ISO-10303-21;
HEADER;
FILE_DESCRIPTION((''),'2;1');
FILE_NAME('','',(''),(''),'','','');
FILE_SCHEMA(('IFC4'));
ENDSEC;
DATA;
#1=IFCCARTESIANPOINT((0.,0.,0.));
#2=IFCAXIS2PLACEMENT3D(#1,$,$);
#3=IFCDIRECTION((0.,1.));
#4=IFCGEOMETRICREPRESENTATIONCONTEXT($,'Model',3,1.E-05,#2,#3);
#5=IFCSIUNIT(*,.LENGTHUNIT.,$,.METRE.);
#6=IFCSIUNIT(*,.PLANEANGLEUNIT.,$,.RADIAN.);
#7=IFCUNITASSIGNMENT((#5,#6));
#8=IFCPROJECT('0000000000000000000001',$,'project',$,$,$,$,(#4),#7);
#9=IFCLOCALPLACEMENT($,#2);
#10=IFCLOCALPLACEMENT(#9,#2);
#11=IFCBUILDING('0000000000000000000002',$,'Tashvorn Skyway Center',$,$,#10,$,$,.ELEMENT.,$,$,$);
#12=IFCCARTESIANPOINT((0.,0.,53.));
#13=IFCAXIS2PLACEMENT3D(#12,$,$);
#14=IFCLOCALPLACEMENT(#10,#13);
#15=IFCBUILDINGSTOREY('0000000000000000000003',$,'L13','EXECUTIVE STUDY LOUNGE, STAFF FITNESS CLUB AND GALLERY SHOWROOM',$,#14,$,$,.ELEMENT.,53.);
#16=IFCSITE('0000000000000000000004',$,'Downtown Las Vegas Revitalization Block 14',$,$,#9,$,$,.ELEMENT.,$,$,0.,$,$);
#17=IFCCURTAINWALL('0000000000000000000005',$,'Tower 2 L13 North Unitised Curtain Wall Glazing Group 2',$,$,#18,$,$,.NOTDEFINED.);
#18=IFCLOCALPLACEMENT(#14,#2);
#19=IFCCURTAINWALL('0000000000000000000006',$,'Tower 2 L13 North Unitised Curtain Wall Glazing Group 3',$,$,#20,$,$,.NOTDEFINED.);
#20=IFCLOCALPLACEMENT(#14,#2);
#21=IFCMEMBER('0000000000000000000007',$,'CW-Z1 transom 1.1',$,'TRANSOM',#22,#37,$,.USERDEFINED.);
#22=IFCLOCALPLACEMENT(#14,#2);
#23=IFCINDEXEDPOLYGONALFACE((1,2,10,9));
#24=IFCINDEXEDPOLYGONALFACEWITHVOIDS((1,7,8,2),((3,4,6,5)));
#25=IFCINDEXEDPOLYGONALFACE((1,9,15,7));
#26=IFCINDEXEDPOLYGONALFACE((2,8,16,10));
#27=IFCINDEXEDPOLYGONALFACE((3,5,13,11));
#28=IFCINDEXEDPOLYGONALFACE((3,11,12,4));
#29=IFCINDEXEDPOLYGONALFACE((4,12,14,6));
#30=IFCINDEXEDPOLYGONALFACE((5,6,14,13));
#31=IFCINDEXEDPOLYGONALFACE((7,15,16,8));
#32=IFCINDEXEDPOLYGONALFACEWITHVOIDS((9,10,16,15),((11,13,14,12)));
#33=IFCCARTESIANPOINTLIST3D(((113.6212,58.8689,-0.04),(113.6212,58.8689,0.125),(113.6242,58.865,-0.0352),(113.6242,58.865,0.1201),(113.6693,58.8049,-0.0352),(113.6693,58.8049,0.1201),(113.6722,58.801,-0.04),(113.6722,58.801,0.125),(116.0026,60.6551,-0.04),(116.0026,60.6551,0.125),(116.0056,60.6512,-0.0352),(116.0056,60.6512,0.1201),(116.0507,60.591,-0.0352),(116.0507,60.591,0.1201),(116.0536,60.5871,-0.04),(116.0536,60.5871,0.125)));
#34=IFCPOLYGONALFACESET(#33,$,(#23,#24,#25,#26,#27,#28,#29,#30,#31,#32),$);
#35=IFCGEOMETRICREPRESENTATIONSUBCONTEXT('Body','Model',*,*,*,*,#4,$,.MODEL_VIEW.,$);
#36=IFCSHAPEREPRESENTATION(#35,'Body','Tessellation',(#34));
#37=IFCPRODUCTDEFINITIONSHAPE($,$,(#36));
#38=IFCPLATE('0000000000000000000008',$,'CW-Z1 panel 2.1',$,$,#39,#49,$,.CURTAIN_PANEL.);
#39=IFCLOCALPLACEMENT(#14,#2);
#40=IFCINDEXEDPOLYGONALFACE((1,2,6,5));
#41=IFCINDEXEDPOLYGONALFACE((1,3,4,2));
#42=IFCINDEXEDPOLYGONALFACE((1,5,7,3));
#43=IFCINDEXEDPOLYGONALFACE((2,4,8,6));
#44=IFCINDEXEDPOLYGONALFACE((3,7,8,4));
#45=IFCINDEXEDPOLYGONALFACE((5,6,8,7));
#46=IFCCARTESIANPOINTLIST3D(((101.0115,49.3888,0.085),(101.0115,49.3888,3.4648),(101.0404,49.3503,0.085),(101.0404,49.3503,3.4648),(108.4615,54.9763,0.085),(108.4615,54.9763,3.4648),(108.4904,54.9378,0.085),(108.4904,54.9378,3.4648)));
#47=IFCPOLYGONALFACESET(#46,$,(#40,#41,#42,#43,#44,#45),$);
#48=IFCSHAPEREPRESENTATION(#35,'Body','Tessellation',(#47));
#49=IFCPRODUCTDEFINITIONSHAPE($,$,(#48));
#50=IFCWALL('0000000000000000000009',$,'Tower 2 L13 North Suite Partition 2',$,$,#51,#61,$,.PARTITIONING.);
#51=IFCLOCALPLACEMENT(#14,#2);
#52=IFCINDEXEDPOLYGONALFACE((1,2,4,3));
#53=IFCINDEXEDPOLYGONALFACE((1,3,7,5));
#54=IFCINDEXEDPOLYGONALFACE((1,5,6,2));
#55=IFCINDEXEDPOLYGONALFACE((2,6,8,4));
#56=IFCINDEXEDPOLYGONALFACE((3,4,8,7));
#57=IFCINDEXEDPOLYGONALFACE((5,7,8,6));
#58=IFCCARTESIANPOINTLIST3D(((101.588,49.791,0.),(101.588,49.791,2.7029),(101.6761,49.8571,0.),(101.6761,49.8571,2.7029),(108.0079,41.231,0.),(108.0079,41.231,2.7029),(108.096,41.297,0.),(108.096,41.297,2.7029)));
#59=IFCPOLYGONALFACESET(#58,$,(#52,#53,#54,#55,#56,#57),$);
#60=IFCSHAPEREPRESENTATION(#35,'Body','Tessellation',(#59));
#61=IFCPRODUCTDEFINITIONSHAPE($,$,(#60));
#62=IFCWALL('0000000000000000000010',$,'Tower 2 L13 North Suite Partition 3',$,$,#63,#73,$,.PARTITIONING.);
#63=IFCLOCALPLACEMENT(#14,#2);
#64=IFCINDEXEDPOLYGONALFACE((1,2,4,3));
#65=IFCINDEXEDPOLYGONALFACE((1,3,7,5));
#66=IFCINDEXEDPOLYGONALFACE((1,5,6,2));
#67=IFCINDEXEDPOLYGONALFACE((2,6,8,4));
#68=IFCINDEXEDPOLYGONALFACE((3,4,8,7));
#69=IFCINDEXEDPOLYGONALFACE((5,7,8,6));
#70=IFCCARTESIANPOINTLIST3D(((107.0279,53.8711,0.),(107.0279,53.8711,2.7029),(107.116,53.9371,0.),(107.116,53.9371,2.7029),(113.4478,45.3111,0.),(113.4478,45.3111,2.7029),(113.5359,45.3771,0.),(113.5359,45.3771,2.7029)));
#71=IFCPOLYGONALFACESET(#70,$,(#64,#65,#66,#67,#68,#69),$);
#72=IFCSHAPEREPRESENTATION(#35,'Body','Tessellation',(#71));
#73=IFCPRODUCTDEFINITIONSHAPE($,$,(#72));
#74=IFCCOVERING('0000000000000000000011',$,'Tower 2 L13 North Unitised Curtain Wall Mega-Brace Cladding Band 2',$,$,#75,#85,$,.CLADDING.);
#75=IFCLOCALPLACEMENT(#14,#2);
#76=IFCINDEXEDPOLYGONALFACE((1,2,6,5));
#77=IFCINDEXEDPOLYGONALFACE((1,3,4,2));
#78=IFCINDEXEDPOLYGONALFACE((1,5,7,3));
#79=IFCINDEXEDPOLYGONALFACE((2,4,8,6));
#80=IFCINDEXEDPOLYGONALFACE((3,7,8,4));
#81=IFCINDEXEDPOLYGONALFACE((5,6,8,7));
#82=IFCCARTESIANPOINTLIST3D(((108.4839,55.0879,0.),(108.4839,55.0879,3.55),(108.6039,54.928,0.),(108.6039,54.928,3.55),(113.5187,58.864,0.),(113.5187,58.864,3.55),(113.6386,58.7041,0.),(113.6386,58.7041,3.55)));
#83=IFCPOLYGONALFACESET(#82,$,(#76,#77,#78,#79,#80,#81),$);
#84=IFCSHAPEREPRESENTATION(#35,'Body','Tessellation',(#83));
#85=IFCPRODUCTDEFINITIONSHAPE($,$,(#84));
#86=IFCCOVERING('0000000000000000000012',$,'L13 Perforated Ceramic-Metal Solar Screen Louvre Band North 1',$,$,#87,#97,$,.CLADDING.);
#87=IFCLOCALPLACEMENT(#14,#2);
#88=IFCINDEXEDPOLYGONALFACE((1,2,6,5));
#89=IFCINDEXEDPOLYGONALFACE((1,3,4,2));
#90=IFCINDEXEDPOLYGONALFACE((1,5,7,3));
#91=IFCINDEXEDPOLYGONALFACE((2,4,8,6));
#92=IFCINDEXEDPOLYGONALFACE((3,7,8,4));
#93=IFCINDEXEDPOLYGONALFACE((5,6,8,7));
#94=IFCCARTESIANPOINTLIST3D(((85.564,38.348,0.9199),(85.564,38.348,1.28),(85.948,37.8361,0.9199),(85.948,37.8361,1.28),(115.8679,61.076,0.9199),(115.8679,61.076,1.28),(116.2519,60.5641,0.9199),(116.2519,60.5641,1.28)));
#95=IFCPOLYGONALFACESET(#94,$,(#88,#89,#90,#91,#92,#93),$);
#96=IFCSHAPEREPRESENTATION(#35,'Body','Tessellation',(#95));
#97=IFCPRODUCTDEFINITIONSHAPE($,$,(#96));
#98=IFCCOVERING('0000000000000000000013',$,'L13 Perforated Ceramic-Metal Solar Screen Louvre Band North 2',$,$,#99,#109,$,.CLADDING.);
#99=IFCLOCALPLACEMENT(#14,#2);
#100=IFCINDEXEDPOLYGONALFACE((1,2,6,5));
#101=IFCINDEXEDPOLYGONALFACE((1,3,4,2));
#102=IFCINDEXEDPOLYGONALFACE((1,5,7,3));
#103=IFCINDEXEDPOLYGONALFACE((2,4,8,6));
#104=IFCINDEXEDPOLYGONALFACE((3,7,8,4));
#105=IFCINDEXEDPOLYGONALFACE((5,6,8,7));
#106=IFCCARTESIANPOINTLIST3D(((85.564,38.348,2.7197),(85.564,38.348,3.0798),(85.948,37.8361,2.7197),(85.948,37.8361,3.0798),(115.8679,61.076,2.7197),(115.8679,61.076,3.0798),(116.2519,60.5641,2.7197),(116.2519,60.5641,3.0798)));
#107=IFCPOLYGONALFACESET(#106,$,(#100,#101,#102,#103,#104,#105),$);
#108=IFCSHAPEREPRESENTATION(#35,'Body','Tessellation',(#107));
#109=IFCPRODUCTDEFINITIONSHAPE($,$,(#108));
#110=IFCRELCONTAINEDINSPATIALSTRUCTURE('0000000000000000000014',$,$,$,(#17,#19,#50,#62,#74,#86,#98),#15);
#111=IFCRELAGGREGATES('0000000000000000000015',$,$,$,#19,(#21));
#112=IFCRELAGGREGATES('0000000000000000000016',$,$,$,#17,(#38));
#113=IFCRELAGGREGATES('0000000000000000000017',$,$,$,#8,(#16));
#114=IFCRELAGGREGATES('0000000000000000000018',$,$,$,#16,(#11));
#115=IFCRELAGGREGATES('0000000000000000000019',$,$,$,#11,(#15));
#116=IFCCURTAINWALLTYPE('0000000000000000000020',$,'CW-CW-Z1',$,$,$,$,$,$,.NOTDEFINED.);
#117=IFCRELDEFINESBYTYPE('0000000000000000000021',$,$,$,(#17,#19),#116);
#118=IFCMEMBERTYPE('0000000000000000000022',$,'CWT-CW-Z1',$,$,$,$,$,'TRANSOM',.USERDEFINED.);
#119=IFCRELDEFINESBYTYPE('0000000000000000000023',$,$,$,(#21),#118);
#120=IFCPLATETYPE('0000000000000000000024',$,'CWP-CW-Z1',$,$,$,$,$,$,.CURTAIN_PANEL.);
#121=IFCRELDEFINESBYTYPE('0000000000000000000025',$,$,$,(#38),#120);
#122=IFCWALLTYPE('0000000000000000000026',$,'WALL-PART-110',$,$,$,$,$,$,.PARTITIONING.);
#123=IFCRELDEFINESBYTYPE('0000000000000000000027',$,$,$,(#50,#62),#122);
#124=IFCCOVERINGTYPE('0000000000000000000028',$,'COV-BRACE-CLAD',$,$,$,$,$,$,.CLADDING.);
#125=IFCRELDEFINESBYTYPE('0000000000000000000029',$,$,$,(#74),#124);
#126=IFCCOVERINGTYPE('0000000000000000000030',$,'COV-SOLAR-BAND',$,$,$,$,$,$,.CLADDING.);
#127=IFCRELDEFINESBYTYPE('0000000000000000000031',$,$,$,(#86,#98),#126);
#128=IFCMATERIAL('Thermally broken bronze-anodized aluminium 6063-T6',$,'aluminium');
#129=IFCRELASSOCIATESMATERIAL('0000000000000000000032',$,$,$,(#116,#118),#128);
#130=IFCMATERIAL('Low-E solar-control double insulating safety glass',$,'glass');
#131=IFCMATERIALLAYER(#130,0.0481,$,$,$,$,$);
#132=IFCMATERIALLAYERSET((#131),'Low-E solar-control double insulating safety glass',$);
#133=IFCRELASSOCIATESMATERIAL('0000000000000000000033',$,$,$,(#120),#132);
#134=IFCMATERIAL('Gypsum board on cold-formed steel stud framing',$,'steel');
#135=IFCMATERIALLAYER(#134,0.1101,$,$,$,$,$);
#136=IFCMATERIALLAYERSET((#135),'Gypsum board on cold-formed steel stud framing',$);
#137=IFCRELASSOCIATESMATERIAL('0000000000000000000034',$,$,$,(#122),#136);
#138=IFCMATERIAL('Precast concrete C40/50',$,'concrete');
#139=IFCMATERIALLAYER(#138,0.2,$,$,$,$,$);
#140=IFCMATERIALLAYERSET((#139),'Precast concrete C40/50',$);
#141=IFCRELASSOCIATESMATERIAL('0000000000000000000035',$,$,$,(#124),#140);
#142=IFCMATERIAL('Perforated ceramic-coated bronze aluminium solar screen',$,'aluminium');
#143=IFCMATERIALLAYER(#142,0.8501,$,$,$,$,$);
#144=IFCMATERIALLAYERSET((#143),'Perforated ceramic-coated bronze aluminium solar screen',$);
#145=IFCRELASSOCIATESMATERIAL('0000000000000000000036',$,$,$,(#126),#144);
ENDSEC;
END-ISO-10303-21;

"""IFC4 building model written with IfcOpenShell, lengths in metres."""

from ifc_helpers import new_model, si_unit, direction, frame, frame_2d, origin, origin_2d, place, context, subcontext, project, spatial, rectangle, hollow_rectangle, extrude, material, layer, layer_set, material_profile, profile_set, type_object, element, aggregate, save


model = new_model("IFC4")

# Units and contexts
model_context = context("Model", 3, precision=1e-05, world=origin(), true_north=direction((0.0, 1.0)))
body_context = subcontext(model_context, "Body", "Model", "MODEL_VIEW")
ifc_project = project(units=[si_unit("LENGTHUNIT", "METRE"), si_unit("PLANEANGLEUNIT", "RADIAN")], contexts=[model_context])

# Site, building, storey
site_placement = place(None, origin())
site = spatial("IfcSite", under=ifc_project, at=site_placement, Name="Downtown Las Vegas Revitalization Block 14", CompositionType="ELEMENT", RefElevation=0.0)
building_placement = place(site_placement, origin())
building = spatial("IfcBuilding", under=site, at=building_placement, Name="Tashvorn Skyway Center", CompositionType="ELEMENT")
storey_placement = place(building_placement, frame((0.0, 0.0, 53.0)))
storey = spatial("IfcBuildingStorey", under=building, at=storey_placement, Name="L13", Description="EXECUTIVE STUDY LOUNGE, STAFF FITNESS CLUB AND GALLERY SHOWROOM", CompositionType="ELEMENT", Elevation=53.0)

# Curtain wall
ifc_material_1 = material(Name="Thermally broken bronze-anodized aluminium 6063-T6", Category="aluminium")
curtain_wall_type = type_object("IfcCurtainWallType", Name="CW-CW-Z1", PredefinedType="NOTDEFINED", material=ifc_material_1)
curtain_wall_1_placement = place(storey_placement, origin())
curtain_wall_1 = element("IfcCurtainWall", 1, at=curtain_wall_1_placement, inside=storey, type_object=curtain_wall_type, Name="Tower 2 L13 North Unitised Curtain Wall Glazing Group 2", PredefinedType="NOTDEFINED")

# Curtain wall
curtain_wall_2_placement = place(storey_placement, origin())
curtain_wall_2 = element("IfcCurtainWall", 2, at=curtain_wall_2_placement, inside=storey, type_object=curtain_wall_type, Name="Tower 2 L13 North Unitised Curtain Wall Glazing Group 3", PredefinedType="NOTDEFINED")

# Member
ifc_material_profile_1 = material_profile(ifc_material_1, hollow_rectangle(XDim=0.085, YDim=0.165, WallThickness=0.0049, at=origin_2d()), Name="ALU-TRAN-85x165")
ifc_profile_set_1 = profile_set([ifc_material_profile_1], Name="Thermally broken bronze-anodized aluminium 6063-T6")
member_type_1 = type_object("IfcMemberType", Name="CWT-CW-Z1", ElementType="TRANSOM", PredefinedType="USERDEFINED", material=ifc_profile_set_1)
member_1_placement = place(storey_placement, frame((113.6467, 58.835, 0.0425), z_axis=(0.79998, 0.600026, 0.0), x_axis=(-0.600026, 0.79998, 0.0)))
member_1 = element("IfcMember", 3, at=member_1_placement, type_object=member_type_1, Name="CW-Z1 transom 1.1", ObjectType="TRANSOM", PredefinedType="USERDEFINED", context=body_context, shape_type="SweptSolid", body=[
    extrude(hollow_rectangle(XDim=0.085, YDim=0.165, WallThickness=0.0049, at=origin_2d()), origin(), (0.0, 0.0, 1.0), 2.9768),
])
aggregate(curtain_wall_2, [member_1])

# Plate
ifc_material_2 = material(Name="Low-E solar-control double insulating safety glass", Category="glass")
ifc_layer_1 = layer(ifc_material_2, 0.0481)
ifc_layer_set_1 = layer_set([ifc_layer_1], Name="Low-E solar-control double insulating safety glass")
plate_type = type_object("IfcPlateType", Name="CWP-CW-Z1", PredefinedType="CURTAIN_PANEL", material=ifc_layer_set_1)
plate_placement = place(storey_placement, frame((104.751, 52.1633, 0.085), z_axis=(0.0, 0.0, 1.0), x_axis=(0.8, 0.6, 0.0)))
plate = element("IfcPlate", 4, at=plate_placement, type_object=plate_type, Name="CW-Z1 panel 2.1", PredefinedType="CURTAIN_PANEL", context=body_context, shape_type="SweptSolid", body=[
    extrude(rectangle(XDim=9.3125, YDim=0.0481, at=origin_2d()), origin(), (0.0, 0.0, 1.0), 3.3799),
])
aggregate(curtain_wall_1, [plate])

# Walls
ifc_material_3 = material(Name="Gypsum board on cold-formed steel stud framing", Category="steel")
ifc_layer_2 = layer(ifc_material_3, 0.1101)
ifc_layer_set_2 = layer_set([ifc_layer_2], Name="Gypsum board on cold-formed steel stud framing")
wall_type = type_object("IfcWallType", Name="WALL-PART-110", PredefinedType="PARTITIONING", material=ifc_layer_set_2)
for number, where, z_axis, x_axis, name in (
    (5, (108.052, 41.2639, 0.0), (0.0, 0.0, 1.0), (-0.599993, 0.800005, 0.0), "Tower 2 L13 North Suite Partition 2"),
    (6, (113.4919, 45.344, 0.0), (0.0, 0.0, 1.0), (-0.599993, 0.800005, 0.0), "Tower 2 L13 North Suite Partition 3"),
):
    element("IfcWall", number, at=place(storey_placement, frame(where, z_axis=z_axis, x_axis=x_axis)), inside=storey, type_object=wall_type, Name=name, PredefinedType="PARTITIONING", context=body_context, shape_type="SweptSolid", body=[
        extrude(rectangle(XDim=10.7, YDim=0.1101, at=frame_2d((5.3501, 0.0))), origin(), (0.0, 0.0, 1.0), 2.7029),
    ])

# Coverings
ifc_material_4 = material(Name="Precast concrete C40/50", Category="concrete")
ifc_layer_3 = layer(ifc_material_4, 0.2)
ifc_layer_set_3 = layer_set([ifc_layer_3], Name="Precast concrete C40/50")
covering_type_1 = type_object("IfcCoveringType", Name="COV-BRACE-CLAD", PredefinedType="CLADDING", material=ifc_layer_set_3)
covering_placement = place(storey_placement, frame((111.0613, 56.896, 0.0), z_axis=(0.0, 0.0, 1.0), x_axis=(0.8, 0.6, 0.0)))
element("IfcCovering", 7, at=covering_placement, inside=storey, type_object=covering_type_1, Name="Tower 2 L13 North Unitised Curtain Wall Mega-Brace Cladding Band 2", PredefinedType="CLADDING", context=body_context, shape_type="SweptSolid", body=[
    extrude(rectangle(XDim=6.2935, YDim=0.2, at=origin_2d()), origin(), (0.0, 0.0, 1.0), 3.55),
])
ifc_material_5 = material(Name="Perforated ceramic-coated bronze aluminium solar screen", Category="aluminium")
ifc_layer_4 = layer(ifc_material_5, 0.8501)
ifc_layer_set_4 = layer_set([ifc_layer_4], Name="Perforated ceramic-coated bronze aluminium solar screen")
covering_type_2 = type_object("IfcCoveringType", Name="COV-SOLAR-BAND", PredefinedType="CLADDING", material=ifc_layer_set_4)
for number, where, z_axis, x_axis, name in (
    (8, (100.908, 49.4561, 0.9199), (0.0, 0.0, 1.0), (0.8, 0.6, 0.0), "L13 Perforated Ceramic-Metal Solar Screen Louvre Band North 1"),
    (9, (100.908, 49.4561, 2.7197), (0.0, 0.0, 1.0), (0.8, 0.6, 0.0), "L13 Perforated Ceramic-Metal Solar Screen Louvre Band North 2"),
):
    element("IfcCovering", number, at=place(storey_placement, frame(where, z_axis=z_axis, x_axis=x_axis)), inside=storey, type_object=covering_type_2, Name=name, PredefinedType="CLADDING", context=body_context, shape_type="SweptSolid", body=[
        extrude(rectangle(XDim=37.8799, YDim=0.6399, at=origin_2d()), origin(), (0.0, 0.0, 1.0), 0.3601),
    ])

save(model, "model.ifc")
